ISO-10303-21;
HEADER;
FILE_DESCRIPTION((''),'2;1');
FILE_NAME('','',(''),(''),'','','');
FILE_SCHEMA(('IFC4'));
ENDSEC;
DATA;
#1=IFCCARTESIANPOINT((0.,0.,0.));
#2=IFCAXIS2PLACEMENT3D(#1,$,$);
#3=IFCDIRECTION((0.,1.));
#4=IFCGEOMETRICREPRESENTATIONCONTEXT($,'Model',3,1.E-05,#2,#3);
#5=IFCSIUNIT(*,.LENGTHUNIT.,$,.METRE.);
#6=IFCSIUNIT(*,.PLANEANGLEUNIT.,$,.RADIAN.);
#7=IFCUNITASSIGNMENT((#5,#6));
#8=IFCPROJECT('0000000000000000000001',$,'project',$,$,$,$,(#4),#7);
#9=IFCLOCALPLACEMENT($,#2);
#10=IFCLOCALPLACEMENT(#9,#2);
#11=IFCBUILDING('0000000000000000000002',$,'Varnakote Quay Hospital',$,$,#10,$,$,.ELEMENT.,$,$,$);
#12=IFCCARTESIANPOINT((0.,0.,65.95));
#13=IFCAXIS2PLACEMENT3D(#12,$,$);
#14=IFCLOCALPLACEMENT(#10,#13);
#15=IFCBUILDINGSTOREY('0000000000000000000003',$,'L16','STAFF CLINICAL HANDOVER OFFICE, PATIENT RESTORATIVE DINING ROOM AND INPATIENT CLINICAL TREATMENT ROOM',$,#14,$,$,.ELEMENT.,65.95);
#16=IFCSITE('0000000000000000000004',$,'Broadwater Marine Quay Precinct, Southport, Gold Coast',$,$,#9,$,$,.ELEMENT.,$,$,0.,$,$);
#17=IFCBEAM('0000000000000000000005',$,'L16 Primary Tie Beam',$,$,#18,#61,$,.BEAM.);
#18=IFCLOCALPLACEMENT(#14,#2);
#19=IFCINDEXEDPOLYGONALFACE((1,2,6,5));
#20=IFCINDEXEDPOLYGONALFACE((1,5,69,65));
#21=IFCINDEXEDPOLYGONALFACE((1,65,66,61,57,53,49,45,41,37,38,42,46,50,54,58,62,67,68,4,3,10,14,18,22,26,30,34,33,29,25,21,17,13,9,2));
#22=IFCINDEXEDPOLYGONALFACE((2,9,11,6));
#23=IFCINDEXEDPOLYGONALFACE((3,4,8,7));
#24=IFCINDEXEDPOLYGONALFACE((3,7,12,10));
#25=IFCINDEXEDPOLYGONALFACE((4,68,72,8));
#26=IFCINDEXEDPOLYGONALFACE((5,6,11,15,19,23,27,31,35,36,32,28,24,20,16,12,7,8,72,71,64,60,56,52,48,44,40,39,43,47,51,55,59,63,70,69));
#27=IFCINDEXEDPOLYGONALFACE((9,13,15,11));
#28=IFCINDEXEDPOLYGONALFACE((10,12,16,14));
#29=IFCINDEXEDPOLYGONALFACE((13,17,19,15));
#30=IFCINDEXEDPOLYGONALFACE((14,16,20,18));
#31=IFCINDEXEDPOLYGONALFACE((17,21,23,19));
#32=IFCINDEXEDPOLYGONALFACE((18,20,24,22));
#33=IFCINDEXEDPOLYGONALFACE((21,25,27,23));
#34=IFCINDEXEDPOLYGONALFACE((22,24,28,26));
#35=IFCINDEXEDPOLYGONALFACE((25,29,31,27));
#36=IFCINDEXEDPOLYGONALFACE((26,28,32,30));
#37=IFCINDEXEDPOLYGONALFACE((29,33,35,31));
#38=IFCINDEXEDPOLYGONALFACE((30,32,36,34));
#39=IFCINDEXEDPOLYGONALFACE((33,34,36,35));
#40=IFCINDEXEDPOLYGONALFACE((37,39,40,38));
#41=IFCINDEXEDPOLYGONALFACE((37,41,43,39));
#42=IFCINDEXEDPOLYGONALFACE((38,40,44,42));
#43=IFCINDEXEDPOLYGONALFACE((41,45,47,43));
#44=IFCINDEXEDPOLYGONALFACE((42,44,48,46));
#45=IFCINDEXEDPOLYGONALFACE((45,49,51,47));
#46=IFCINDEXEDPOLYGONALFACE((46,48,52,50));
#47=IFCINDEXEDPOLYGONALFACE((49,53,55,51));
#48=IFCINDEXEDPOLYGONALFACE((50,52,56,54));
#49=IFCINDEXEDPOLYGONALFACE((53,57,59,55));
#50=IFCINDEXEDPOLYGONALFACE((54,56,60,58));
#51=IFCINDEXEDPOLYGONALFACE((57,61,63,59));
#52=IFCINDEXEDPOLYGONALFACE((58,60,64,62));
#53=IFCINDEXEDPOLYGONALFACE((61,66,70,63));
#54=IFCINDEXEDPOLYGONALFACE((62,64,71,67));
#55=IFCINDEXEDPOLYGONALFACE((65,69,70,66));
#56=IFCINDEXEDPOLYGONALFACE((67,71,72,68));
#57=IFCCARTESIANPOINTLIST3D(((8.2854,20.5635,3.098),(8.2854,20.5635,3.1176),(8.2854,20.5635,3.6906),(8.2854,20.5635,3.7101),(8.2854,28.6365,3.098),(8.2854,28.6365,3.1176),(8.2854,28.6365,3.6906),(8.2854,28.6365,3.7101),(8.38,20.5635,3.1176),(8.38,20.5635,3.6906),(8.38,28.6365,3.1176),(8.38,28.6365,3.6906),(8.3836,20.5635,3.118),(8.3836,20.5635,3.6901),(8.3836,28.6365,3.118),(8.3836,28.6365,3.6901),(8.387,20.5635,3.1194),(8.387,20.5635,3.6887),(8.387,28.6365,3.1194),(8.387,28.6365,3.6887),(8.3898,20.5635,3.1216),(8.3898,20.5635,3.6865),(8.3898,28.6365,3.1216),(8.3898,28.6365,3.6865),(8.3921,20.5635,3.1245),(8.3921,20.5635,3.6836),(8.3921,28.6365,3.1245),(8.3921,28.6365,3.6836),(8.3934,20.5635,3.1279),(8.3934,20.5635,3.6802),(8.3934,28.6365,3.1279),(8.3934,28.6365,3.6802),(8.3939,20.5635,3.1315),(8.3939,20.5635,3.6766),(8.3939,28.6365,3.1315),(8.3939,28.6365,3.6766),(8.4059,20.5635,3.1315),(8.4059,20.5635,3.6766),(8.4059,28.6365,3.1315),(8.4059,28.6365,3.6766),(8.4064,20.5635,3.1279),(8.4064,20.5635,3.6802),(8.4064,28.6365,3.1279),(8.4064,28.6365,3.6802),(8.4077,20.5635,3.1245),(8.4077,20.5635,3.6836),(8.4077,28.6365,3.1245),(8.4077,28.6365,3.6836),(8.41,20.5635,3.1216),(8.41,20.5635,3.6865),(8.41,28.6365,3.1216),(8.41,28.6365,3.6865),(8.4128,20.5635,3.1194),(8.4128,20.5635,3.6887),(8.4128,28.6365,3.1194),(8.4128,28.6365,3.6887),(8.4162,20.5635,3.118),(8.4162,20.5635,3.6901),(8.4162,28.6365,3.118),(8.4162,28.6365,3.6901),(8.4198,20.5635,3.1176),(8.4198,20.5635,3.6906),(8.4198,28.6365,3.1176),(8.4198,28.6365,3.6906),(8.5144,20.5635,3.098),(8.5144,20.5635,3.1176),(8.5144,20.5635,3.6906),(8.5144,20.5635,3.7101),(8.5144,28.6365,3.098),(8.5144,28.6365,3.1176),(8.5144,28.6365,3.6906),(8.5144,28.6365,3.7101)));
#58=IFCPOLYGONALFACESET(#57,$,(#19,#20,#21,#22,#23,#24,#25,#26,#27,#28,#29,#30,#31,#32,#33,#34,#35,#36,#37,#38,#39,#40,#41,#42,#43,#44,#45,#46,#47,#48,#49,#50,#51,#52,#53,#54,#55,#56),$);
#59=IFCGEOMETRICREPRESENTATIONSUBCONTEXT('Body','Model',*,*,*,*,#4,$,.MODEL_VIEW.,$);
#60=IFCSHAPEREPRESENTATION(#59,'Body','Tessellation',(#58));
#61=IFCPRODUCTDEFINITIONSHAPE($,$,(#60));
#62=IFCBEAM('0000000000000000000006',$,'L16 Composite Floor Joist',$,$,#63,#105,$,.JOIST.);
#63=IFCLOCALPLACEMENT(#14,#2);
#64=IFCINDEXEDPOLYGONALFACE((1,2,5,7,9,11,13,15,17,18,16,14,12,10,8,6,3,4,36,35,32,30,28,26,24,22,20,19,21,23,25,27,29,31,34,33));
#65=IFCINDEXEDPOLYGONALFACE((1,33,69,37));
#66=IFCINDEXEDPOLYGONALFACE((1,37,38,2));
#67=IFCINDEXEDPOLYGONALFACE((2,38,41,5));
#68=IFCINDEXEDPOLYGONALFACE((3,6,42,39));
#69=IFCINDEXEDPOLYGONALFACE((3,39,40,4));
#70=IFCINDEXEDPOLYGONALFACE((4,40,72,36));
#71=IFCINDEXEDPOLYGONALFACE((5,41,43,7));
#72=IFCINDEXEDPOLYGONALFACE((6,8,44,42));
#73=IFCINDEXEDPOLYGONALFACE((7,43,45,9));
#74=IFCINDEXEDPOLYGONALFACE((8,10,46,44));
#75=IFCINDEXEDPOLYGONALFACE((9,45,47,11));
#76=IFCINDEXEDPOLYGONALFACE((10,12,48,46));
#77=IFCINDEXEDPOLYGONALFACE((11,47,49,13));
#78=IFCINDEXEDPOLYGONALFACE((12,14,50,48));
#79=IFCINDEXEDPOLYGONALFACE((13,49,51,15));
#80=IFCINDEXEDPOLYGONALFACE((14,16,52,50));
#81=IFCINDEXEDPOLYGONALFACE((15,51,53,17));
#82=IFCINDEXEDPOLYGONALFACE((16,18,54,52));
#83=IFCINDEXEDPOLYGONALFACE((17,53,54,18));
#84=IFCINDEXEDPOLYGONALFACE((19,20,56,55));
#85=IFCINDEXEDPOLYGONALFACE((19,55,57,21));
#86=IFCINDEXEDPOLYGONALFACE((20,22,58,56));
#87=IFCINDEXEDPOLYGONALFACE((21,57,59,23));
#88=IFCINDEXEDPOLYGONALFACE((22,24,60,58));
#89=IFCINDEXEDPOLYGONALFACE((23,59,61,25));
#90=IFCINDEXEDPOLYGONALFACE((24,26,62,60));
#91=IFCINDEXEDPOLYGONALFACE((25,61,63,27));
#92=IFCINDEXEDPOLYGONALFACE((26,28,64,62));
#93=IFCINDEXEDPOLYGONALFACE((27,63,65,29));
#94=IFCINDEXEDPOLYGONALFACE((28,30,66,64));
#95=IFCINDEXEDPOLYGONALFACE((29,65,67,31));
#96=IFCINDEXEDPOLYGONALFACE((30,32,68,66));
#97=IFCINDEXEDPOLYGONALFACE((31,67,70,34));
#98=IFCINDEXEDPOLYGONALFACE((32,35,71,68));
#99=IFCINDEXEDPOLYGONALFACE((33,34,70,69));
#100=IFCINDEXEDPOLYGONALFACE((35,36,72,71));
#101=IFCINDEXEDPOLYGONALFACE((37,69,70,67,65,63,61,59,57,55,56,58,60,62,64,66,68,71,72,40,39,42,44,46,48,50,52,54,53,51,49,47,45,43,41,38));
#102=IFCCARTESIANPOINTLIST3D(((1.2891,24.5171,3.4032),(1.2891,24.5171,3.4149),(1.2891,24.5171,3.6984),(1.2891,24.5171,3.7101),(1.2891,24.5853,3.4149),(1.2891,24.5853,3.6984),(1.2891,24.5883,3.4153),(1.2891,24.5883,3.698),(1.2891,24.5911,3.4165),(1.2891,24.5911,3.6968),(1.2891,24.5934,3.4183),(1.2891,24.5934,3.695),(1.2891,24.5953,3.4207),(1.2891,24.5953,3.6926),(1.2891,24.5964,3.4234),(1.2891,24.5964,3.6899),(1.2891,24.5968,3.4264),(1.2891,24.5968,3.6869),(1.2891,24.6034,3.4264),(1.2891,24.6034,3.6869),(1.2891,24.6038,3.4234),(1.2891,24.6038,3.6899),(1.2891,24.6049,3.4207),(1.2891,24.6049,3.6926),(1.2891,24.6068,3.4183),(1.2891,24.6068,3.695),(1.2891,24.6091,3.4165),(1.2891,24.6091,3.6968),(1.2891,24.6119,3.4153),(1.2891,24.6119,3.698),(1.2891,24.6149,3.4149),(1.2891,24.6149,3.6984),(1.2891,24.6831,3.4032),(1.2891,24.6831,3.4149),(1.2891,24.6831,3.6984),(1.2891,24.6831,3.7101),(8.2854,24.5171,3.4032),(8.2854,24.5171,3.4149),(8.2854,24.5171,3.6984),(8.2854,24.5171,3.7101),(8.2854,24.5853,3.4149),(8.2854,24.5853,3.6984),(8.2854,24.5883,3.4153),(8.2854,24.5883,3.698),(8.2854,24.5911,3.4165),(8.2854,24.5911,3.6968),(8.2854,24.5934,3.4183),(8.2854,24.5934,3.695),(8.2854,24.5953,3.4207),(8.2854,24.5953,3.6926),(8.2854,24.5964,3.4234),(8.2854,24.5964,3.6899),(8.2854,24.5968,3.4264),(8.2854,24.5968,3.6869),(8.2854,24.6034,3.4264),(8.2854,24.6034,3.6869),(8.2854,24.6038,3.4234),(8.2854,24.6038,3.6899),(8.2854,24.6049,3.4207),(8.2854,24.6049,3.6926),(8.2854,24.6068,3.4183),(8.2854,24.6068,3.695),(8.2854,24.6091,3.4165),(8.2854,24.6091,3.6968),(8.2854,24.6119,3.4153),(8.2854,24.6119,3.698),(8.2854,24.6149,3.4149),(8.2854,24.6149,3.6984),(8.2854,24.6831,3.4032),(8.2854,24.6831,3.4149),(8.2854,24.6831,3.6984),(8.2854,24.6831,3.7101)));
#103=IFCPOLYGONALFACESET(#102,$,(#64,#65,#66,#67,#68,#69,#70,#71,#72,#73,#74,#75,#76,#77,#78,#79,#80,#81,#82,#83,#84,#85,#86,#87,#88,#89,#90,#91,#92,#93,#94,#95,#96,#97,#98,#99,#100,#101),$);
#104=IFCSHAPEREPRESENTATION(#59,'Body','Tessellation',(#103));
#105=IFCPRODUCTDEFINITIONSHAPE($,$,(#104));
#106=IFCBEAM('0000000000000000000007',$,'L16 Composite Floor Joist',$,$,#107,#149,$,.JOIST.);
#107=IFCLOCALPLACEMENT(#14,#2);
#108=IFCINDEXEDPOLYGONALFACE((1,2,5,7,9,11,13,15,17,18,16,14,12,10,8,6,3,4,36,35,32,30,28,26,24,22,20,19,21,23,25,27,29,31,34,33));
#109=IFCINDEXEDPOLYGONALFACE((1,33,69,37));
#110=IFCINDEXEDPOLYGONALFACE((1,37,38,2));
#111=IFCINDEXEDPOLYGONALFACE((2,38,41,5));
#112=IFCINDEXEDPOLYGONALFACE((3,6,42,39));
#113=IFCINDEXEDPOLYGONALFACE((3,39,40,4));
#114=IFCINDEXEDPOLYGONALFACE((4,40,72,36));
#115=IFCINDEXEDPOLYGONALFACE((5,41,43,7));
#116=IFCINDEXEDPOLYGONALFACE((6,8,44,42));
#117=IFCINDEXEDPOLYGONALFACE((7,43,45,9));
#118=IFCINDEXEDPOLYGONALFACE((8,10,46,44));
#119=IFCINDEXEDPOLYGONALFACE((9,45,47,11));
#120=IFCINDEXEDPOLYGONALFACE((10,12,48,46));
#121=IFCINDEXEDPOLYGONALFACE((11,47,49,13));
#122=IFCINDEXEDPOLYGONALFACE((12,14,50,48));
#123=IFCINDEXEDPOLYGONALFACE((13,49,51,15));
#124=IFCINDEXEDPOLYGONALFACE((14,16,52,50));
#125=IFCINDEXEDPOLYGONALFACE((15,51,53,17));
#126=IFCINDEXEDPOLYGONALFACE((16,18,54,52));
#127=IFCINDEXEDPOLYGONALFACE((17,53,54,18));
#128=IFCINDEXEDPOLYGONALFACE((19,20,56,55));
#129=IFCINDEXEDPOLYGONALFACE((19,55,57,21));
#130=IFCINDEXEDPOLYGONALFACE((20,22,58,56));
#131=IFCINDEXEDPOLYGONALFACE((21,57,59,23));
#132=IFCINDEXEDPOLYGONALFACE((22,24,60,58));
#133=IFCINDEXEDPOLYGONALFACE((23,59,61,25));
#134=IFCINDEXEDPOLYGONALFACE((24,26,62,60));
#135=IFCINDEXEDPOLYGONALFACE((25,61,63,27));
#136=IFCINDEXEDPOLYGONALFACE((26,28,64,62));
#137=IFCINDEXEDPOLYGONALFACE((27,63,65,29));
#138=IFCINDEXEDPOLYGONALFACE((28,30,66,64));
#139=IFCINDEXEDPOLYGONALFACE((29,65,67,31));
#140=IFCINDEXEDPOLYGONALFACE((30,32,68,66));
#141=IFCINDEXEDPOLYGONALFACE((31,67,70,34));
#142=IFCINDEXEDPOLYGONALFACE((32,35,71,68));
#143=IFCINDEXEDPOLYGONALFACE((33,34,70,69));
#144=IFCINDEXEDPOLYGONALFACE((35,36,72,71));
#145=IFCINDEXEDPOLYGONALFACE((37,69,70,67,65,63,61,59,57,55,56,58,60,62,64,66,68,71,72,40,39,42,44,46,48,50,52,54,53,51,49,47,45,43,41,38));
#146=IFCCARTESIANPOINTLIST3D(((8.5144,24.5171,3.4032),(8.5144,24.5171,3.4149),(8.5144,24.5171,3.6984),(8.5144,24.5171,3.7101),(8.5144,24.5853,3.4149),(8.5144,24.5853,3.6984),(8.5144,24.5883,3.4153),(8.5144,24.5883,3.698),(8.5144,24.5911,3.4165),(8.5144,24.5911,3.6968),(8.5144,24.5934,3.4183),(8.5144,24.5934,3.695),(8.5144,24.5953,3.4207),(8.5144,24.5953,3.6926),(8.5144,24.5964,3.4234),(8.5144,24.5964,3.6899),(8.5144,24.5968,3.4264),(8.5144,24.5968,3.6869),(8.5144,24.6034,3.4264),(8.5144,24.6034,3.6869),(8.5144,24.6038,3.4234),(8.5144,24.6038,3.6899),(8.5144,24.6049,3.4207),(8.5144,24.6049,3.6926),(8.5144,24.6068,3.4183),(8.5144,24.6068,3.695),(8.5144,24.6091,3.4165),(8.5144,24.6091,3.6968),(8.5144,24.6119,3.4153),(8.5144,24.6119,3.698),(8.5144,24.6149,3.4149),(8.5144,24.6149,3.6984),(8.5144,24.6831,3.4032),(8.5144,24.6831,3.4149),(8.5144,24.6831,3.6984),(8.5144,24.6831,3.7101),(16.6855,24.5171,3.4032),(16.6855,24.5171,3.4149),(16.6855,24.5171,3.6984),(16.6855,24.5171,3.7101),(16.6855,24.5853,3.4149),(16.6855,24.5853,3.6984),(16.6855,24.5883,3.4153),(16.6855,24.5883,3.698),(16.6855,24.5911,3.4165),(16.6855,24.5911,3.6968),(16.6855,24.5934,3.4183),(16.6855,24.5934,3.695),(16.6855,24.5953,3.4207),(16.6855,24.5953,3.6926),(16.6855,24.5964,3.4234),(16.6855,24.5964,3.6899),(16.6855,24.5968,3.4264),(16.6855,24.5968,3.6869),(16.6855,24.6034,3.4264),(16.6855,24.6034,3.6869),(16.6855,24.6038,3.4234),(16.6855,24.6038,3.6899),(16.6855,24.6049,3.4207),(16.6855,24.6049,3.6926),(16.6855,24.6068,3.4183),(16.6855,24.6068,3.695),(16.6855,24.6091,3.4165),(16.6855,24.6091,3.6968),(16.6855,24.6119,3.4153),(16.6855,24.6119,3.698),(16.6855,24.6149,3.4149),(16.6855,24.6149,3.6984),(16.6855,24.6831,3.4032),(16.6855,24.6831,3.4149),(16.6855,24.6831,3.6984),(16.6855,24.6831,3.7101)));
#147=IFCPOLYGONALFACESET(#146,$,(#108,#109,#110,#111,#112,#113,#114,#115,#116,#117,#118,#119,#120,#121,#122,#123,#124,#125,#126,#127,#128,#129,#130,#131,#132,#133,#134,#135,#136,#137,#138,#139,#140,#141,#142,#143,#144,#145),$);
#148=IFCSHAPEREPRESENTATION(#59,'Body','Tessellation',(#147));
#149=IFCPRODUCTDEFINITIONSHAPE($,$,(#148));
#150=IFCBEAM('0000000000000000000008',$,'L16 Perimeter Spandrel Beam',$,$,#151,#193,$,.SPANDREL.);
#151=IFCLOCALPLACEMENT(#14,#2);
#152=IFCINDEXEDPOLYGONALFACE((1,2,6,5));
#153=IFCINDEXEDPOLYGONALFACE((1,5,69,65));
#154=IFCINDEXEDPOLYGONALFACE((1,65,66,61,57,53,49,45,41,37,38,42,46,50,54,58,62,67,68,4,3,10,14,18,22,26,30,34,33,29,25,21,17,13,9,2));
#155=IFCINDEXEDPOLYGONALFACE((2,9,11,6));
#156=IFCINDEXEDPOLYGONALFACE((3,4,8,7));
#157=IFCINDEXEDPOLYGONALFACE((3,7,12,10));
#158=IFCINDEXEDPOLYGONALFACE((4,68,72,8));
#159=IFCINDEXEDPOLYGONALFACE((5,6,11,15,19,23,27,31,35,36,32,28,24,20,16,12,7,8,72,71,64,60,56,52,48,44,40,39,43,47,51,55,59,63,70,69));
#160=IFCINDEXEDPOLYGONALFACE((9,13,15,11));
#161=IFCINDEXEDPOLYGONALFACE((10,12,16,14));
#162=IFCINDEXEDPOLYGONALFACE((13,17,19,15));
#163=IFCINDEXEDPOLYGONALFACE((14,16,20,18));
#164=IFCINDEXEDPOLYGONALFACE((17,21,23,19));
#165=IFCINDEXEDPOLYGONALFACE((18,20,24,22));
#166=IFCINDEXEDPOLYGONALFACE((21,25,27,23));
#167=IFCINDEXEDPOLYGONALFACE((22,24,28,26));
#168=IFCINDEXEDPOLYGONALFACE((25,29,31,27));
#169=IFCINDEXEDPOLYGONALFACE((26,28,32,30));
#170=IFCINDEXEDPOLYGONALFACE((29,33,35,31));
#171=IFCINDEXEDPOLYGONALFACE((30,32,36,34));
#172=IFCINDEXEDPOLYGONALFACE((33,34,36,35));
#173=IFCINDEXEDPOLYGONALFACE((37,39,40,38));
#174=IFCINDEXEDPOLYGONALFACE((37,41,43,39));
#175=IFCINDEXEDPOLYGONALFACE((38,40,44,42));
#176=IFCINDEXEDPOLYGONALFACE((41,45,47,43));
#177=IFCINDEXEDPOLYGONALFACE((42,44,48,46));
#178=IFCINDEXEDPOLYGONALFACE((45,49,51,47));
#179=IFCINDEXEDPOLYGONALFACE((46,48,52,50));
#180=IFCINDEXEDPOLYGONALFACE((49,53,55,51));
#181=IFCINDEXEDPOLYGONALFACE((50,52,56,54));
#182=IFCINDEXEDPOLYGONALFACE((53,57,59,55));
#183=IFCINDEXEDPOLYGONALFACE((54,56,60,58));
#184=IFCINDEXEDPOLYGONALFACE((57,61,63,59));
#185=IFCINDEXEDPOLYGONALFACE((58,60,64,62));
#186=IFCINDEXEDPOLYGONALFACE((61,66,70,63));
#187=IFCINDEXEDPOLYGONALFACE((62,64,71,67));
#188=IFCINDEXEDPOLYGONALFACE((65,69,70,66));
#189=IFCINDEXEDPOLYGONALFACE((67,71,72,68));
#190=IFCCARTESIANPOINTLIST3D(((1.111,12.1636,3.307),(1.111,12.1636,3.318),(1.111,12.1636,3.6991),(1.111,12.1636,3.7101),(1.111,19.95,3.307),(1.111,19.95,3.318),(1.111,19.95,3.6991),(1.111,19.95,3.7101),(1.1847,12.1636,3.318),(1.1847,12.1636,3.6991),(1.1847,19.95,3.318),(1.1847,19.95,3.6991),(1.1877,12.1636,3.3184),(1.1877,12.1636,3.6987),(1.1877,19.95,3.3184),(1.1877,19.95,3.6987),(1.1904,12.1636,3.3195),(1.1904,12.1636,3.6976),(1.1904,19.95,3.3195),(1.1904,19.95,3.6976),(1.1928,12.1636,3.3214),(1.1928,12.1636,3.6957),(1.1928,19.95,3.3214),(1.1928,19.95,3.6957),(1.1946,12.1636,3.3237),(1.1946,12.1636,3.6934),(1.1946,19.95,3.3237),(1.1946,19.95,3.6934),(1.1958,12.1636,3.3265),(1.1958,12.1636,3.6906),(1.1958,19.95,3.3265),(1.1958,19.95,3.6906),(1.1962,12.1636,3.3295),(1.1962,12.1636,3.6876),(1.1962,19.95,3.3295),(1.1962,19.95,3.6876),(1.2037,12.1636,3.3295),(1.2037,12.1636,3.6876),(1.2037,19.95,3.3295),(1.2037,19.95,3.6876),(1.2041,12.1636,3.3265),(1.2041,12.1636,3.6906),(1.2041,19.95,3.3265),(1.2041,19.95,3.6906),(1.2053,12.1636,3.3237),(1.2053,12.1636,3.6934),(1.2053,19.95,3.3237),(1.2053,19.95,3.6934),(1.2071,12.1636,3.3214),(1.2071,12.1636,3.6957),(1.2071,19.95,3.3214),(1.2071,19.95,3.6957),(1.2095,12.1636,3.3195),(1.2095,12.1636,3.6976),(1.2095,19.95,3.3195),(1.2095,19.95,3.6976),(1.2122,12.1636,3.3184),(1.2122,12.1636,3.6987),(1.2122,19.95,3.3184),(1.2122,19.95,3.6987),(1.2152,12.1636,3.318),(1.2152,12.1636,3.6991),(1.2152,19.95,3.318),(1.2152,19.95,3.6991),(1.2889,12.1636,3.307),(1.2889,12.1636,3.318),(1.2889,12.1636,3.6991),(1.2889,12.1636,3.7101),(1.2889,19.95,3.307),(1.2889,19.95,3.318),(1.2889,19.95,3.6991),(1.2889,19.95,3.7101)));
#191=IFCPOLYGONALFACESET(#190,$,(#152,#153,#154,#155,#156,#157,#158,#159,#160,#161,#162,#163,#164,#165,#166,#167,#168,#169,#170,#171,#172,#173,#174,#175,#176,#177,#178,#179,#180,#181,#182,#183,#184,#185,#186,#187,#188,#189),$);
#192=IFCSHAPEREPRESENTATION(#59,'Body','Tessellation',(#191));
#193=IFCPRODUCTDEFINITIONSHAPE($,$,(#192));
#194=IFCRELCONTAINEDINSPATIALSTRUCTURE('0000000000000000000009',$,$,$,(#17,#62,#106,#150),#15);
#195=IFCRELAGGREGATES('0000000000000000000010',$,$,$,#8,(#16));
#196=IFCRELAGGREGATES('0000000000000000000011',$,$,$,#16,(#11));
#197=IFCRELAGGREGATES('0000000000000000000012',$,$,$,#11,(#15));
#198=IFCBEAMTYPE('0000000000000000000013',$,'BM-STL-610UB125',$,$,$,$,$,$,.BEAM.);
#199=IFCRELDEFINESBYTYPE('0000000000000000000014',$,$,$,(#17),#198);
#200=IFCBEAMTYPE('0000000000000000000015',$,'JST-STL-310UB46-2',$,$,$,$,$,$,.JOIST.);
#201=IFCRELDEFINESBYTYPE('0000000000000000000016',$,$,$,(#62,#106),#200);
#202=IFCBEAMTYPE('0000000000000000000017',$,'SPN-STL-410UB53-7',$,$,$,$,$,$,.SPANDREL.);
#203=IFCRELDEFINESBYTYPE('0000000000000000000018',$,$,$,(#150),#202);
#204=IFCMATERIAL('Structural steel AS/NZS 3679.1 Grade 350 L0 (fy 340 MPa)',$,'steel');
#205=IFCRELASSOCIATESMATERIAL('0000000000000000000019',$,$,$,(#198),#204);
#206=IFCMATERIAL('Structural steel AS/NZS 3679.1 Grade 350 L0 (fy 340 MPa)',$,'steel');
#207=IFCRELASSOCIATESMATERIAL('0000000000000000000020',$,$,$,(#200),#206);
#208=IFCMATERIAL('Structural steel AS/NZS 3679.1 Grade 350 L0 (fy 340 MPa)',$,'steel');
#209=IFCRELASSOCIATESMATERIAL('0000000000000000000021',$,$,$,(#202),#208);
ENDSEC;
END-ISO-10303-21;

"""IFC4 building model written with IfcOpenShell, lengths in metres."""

from ifc_helpers import new_model, si_unit, direction, frame, origin, origin_2d, place, context, subcontext, project, spatial, i_section, extrude, material, material_profile, profile_set, type_object, element, save


model = new_model("IFC4")

# Units and contexts
model_context = context("Model", 3, precision=1e-05, world=origin(), true_north=direction((0.0, 1.0)))
body_context = subcontext(model_context, "Body", "Model", "MODEL_VIEW")
ifc_project = project(units=[si_unit("LENGTHUNIT", "METRE"), si_unit("PLANEANGLEUNIT", "RADIAN")], contexts=[model_context])

# Site, building, storey
site_placement = place(None, origin())
site = spatial("IfcSite", under=ifc_project, at=site_placement, Name="Broadwater Marine Quay Precinct, Southport, Gold Coast", CompositionType="ELEMENT", RefElevation=0.0)
building_placement = place(site_placement, origin())
building = spatial("IfcBuilding", under=site, at=building_placement, Name="Varnakote Quay Hospital", CompositionType="ELEMENT")
storey_placement = place(building_placement, frame((0.0, 0.0, 65.95)))
storey = spatial("IfcBuildingStorey", under=building, at=storey_placement, Name="L16", Description="STAFF CLINICAL HANDOVER OFFICE, PATIENT RESTORATIVE DINING ROOM AND INPATIENT CLINICAL TREATMENT ROOM", CompositionType="ELEMENT", Elevation=65.95)

# Beams
ifc_material_1 = material(Name="Structural steel AS/NZS 3679.1 Grade 350 L0 (fy 340 MPa)", Category="steel")
ifc_material_profile_1 = material_profile(ifc_material_1, i_section(OverallWidth=0.229, OverallDepth=0.6121, WebThickness=0.012, FlangeThickness=0.0195, FilletRadius=0.0139, at=origin_2d()), Name="610UB125")
ifc_profile_set_1 = profile_set([ifc_material_profile_1], Name="Structural steel AS/NZS 3679.1 Grade 350 L0 (fy 340 MPa)")
beam_type_1 = type_object("IfcBeamType", Name="BM-STL-610UB125", PredefinedType="BEAM", material=ifc_profile_set_1)
beam_1_placement = place(storey_placement, frame((8.3999, 20.5635, 3.4041), z_axis=(0.0, 1.0, 0.0), x_axis=(-1.0, 0.0, 0.0)))
element("IfcBeam", 1, at=beam_1_placement, inside=storey, type_object=beam_type_1, Name="L16 Primary Tie Beam", PredefinedType="BEAM", context=body_context, shape_type="SweptSolid", body=[
    extrude(i_section(OverallWidth=0.229, OverallDepth=0.6121, WebThickness=0.012, FlangeThickness=0.0195, FilletRadius=0.0139, at=origin_2d()), origin(), (0.0, 0.0, 1.0), 8.073),
])
ifc_material_2 = material(Name="Structural steel AS/NZS 3679.1 Grade 350 L0 (fy 340 MPa)", Category="steel")
ifc_material_profile_2 = material_profile(ifc_material_2, i_section(OverallWidth=0.166, OverallDepth=0.3069, WebThickness=0.0066, FlangeThickness=0.0117, FilletRadius=0.0115, at=origin_2d()), Name="310UB46.2")
ifc_profile_set_2 = profile_set([ifc_material_profile_2], Name="Structural steel AS/NZS 3679.1 Grade 350 L0 (fy 340 MPa)")
beam_type_2 = type_object("IfcBeamType", Name="JST-STL-310UB46-2", PredefinedType="JOIST", material=ifc_profile_set_2)
beam_2_placement = place(storey_placement, frame((1.2891, 24.6001, 3.5566), z_axis=(1.0, 0.0, 0.0), x_axis=(0.0, 1.0, 0.0)))
element("IfcBeam", 2, at=beam_2_placement, inside=storey, type_object=beam_type_2, Name="L16 Composite Floor Joist", PredefinedType="JOIST", context=body_context, shape_type="SweptSolid", body=[
    extrude(i_section(OverallWidth=0.166, OverallDepth=0.3069, WebThickness=0.0066, FlangeThickness=0.0117, FilletRadius=0.0115, at=origin_2d()), origin(), (0.0, 0.0, 1.0), 6.9963),
])
beam_3_placement = place(storey_placement, frame((8.5144, 24.6001, 3.5566), z_axis=(1.0, 0.0, 0.0), x_axis=(0.0, 1.0, 0.0)))
element("IfcBeam", 3, at=beam_3_placement, inside=storey, type_object=beam_type_2, Name="L16 Composite Floor Joist", PredefinedType="JOIST", context=body_context, shape_type="SweptSolid", body=[
    extrude(i_section(OverallWidth=0.166, OverallDepth=0.3069, WebThickness=0.0066, FlangeThickness=0.0117, FilletRadius=0.0115, at=origin_2d()), origin(), (0.0, 0.0, 1.0), 8.1711),
])
ifc_material_3 = material(Name="Structural steel AS/NZS 3679.1 Grade 350 L0 (fy 340 MPa)", Category="steel")
ifc_material_profile_3 = material_profile(ifc_material_3, i_section(OverallWidth=0.178, OverallDepth=0.4031, WebThickness=0.0076, FlangeThickness=0.011, FilletRadius=0.0115, at=origin_2d()), Name="410UB53.7")
ifc_profile_set_3 = profile_set([ifc_material_profile_3], Name="Structural steel AS/NZS 3679.1 Grade 350 L0 (fy 340 MPa)")
beam_type_3 = type_object("IfcBeamType", Name="SPN-STL-410UB53-7", PredefinedType="SPANDREL", material=ifc_profile_set_3)
beam_4_placement = place(storey_placement, frame((1.2, 12.1636, 3.5085), z_axis=(0.0, 1.0, 0.0), x_axis=(-1.0, 0.0, 0.0)))
element("IfcBeam", 4, at=beam_4_placement, inside=storey, type_object=beam_type_3, Name="L16 Perimeter Spandrel Beam", PredefinedType="SPANDREL", context=body_context, shape_type="SweptSolid", body=[
    extrude(i_section(OverallWidth=0.178, OverallDepth=0.4031, WebThickness=0.0076, FlangeThickness=0.011, FilletRadius=0.0115, at=origin_2d()), origin(), (0.0, 0.0, 1.0), 7.7864),
])

save(model, "model.ifc")
